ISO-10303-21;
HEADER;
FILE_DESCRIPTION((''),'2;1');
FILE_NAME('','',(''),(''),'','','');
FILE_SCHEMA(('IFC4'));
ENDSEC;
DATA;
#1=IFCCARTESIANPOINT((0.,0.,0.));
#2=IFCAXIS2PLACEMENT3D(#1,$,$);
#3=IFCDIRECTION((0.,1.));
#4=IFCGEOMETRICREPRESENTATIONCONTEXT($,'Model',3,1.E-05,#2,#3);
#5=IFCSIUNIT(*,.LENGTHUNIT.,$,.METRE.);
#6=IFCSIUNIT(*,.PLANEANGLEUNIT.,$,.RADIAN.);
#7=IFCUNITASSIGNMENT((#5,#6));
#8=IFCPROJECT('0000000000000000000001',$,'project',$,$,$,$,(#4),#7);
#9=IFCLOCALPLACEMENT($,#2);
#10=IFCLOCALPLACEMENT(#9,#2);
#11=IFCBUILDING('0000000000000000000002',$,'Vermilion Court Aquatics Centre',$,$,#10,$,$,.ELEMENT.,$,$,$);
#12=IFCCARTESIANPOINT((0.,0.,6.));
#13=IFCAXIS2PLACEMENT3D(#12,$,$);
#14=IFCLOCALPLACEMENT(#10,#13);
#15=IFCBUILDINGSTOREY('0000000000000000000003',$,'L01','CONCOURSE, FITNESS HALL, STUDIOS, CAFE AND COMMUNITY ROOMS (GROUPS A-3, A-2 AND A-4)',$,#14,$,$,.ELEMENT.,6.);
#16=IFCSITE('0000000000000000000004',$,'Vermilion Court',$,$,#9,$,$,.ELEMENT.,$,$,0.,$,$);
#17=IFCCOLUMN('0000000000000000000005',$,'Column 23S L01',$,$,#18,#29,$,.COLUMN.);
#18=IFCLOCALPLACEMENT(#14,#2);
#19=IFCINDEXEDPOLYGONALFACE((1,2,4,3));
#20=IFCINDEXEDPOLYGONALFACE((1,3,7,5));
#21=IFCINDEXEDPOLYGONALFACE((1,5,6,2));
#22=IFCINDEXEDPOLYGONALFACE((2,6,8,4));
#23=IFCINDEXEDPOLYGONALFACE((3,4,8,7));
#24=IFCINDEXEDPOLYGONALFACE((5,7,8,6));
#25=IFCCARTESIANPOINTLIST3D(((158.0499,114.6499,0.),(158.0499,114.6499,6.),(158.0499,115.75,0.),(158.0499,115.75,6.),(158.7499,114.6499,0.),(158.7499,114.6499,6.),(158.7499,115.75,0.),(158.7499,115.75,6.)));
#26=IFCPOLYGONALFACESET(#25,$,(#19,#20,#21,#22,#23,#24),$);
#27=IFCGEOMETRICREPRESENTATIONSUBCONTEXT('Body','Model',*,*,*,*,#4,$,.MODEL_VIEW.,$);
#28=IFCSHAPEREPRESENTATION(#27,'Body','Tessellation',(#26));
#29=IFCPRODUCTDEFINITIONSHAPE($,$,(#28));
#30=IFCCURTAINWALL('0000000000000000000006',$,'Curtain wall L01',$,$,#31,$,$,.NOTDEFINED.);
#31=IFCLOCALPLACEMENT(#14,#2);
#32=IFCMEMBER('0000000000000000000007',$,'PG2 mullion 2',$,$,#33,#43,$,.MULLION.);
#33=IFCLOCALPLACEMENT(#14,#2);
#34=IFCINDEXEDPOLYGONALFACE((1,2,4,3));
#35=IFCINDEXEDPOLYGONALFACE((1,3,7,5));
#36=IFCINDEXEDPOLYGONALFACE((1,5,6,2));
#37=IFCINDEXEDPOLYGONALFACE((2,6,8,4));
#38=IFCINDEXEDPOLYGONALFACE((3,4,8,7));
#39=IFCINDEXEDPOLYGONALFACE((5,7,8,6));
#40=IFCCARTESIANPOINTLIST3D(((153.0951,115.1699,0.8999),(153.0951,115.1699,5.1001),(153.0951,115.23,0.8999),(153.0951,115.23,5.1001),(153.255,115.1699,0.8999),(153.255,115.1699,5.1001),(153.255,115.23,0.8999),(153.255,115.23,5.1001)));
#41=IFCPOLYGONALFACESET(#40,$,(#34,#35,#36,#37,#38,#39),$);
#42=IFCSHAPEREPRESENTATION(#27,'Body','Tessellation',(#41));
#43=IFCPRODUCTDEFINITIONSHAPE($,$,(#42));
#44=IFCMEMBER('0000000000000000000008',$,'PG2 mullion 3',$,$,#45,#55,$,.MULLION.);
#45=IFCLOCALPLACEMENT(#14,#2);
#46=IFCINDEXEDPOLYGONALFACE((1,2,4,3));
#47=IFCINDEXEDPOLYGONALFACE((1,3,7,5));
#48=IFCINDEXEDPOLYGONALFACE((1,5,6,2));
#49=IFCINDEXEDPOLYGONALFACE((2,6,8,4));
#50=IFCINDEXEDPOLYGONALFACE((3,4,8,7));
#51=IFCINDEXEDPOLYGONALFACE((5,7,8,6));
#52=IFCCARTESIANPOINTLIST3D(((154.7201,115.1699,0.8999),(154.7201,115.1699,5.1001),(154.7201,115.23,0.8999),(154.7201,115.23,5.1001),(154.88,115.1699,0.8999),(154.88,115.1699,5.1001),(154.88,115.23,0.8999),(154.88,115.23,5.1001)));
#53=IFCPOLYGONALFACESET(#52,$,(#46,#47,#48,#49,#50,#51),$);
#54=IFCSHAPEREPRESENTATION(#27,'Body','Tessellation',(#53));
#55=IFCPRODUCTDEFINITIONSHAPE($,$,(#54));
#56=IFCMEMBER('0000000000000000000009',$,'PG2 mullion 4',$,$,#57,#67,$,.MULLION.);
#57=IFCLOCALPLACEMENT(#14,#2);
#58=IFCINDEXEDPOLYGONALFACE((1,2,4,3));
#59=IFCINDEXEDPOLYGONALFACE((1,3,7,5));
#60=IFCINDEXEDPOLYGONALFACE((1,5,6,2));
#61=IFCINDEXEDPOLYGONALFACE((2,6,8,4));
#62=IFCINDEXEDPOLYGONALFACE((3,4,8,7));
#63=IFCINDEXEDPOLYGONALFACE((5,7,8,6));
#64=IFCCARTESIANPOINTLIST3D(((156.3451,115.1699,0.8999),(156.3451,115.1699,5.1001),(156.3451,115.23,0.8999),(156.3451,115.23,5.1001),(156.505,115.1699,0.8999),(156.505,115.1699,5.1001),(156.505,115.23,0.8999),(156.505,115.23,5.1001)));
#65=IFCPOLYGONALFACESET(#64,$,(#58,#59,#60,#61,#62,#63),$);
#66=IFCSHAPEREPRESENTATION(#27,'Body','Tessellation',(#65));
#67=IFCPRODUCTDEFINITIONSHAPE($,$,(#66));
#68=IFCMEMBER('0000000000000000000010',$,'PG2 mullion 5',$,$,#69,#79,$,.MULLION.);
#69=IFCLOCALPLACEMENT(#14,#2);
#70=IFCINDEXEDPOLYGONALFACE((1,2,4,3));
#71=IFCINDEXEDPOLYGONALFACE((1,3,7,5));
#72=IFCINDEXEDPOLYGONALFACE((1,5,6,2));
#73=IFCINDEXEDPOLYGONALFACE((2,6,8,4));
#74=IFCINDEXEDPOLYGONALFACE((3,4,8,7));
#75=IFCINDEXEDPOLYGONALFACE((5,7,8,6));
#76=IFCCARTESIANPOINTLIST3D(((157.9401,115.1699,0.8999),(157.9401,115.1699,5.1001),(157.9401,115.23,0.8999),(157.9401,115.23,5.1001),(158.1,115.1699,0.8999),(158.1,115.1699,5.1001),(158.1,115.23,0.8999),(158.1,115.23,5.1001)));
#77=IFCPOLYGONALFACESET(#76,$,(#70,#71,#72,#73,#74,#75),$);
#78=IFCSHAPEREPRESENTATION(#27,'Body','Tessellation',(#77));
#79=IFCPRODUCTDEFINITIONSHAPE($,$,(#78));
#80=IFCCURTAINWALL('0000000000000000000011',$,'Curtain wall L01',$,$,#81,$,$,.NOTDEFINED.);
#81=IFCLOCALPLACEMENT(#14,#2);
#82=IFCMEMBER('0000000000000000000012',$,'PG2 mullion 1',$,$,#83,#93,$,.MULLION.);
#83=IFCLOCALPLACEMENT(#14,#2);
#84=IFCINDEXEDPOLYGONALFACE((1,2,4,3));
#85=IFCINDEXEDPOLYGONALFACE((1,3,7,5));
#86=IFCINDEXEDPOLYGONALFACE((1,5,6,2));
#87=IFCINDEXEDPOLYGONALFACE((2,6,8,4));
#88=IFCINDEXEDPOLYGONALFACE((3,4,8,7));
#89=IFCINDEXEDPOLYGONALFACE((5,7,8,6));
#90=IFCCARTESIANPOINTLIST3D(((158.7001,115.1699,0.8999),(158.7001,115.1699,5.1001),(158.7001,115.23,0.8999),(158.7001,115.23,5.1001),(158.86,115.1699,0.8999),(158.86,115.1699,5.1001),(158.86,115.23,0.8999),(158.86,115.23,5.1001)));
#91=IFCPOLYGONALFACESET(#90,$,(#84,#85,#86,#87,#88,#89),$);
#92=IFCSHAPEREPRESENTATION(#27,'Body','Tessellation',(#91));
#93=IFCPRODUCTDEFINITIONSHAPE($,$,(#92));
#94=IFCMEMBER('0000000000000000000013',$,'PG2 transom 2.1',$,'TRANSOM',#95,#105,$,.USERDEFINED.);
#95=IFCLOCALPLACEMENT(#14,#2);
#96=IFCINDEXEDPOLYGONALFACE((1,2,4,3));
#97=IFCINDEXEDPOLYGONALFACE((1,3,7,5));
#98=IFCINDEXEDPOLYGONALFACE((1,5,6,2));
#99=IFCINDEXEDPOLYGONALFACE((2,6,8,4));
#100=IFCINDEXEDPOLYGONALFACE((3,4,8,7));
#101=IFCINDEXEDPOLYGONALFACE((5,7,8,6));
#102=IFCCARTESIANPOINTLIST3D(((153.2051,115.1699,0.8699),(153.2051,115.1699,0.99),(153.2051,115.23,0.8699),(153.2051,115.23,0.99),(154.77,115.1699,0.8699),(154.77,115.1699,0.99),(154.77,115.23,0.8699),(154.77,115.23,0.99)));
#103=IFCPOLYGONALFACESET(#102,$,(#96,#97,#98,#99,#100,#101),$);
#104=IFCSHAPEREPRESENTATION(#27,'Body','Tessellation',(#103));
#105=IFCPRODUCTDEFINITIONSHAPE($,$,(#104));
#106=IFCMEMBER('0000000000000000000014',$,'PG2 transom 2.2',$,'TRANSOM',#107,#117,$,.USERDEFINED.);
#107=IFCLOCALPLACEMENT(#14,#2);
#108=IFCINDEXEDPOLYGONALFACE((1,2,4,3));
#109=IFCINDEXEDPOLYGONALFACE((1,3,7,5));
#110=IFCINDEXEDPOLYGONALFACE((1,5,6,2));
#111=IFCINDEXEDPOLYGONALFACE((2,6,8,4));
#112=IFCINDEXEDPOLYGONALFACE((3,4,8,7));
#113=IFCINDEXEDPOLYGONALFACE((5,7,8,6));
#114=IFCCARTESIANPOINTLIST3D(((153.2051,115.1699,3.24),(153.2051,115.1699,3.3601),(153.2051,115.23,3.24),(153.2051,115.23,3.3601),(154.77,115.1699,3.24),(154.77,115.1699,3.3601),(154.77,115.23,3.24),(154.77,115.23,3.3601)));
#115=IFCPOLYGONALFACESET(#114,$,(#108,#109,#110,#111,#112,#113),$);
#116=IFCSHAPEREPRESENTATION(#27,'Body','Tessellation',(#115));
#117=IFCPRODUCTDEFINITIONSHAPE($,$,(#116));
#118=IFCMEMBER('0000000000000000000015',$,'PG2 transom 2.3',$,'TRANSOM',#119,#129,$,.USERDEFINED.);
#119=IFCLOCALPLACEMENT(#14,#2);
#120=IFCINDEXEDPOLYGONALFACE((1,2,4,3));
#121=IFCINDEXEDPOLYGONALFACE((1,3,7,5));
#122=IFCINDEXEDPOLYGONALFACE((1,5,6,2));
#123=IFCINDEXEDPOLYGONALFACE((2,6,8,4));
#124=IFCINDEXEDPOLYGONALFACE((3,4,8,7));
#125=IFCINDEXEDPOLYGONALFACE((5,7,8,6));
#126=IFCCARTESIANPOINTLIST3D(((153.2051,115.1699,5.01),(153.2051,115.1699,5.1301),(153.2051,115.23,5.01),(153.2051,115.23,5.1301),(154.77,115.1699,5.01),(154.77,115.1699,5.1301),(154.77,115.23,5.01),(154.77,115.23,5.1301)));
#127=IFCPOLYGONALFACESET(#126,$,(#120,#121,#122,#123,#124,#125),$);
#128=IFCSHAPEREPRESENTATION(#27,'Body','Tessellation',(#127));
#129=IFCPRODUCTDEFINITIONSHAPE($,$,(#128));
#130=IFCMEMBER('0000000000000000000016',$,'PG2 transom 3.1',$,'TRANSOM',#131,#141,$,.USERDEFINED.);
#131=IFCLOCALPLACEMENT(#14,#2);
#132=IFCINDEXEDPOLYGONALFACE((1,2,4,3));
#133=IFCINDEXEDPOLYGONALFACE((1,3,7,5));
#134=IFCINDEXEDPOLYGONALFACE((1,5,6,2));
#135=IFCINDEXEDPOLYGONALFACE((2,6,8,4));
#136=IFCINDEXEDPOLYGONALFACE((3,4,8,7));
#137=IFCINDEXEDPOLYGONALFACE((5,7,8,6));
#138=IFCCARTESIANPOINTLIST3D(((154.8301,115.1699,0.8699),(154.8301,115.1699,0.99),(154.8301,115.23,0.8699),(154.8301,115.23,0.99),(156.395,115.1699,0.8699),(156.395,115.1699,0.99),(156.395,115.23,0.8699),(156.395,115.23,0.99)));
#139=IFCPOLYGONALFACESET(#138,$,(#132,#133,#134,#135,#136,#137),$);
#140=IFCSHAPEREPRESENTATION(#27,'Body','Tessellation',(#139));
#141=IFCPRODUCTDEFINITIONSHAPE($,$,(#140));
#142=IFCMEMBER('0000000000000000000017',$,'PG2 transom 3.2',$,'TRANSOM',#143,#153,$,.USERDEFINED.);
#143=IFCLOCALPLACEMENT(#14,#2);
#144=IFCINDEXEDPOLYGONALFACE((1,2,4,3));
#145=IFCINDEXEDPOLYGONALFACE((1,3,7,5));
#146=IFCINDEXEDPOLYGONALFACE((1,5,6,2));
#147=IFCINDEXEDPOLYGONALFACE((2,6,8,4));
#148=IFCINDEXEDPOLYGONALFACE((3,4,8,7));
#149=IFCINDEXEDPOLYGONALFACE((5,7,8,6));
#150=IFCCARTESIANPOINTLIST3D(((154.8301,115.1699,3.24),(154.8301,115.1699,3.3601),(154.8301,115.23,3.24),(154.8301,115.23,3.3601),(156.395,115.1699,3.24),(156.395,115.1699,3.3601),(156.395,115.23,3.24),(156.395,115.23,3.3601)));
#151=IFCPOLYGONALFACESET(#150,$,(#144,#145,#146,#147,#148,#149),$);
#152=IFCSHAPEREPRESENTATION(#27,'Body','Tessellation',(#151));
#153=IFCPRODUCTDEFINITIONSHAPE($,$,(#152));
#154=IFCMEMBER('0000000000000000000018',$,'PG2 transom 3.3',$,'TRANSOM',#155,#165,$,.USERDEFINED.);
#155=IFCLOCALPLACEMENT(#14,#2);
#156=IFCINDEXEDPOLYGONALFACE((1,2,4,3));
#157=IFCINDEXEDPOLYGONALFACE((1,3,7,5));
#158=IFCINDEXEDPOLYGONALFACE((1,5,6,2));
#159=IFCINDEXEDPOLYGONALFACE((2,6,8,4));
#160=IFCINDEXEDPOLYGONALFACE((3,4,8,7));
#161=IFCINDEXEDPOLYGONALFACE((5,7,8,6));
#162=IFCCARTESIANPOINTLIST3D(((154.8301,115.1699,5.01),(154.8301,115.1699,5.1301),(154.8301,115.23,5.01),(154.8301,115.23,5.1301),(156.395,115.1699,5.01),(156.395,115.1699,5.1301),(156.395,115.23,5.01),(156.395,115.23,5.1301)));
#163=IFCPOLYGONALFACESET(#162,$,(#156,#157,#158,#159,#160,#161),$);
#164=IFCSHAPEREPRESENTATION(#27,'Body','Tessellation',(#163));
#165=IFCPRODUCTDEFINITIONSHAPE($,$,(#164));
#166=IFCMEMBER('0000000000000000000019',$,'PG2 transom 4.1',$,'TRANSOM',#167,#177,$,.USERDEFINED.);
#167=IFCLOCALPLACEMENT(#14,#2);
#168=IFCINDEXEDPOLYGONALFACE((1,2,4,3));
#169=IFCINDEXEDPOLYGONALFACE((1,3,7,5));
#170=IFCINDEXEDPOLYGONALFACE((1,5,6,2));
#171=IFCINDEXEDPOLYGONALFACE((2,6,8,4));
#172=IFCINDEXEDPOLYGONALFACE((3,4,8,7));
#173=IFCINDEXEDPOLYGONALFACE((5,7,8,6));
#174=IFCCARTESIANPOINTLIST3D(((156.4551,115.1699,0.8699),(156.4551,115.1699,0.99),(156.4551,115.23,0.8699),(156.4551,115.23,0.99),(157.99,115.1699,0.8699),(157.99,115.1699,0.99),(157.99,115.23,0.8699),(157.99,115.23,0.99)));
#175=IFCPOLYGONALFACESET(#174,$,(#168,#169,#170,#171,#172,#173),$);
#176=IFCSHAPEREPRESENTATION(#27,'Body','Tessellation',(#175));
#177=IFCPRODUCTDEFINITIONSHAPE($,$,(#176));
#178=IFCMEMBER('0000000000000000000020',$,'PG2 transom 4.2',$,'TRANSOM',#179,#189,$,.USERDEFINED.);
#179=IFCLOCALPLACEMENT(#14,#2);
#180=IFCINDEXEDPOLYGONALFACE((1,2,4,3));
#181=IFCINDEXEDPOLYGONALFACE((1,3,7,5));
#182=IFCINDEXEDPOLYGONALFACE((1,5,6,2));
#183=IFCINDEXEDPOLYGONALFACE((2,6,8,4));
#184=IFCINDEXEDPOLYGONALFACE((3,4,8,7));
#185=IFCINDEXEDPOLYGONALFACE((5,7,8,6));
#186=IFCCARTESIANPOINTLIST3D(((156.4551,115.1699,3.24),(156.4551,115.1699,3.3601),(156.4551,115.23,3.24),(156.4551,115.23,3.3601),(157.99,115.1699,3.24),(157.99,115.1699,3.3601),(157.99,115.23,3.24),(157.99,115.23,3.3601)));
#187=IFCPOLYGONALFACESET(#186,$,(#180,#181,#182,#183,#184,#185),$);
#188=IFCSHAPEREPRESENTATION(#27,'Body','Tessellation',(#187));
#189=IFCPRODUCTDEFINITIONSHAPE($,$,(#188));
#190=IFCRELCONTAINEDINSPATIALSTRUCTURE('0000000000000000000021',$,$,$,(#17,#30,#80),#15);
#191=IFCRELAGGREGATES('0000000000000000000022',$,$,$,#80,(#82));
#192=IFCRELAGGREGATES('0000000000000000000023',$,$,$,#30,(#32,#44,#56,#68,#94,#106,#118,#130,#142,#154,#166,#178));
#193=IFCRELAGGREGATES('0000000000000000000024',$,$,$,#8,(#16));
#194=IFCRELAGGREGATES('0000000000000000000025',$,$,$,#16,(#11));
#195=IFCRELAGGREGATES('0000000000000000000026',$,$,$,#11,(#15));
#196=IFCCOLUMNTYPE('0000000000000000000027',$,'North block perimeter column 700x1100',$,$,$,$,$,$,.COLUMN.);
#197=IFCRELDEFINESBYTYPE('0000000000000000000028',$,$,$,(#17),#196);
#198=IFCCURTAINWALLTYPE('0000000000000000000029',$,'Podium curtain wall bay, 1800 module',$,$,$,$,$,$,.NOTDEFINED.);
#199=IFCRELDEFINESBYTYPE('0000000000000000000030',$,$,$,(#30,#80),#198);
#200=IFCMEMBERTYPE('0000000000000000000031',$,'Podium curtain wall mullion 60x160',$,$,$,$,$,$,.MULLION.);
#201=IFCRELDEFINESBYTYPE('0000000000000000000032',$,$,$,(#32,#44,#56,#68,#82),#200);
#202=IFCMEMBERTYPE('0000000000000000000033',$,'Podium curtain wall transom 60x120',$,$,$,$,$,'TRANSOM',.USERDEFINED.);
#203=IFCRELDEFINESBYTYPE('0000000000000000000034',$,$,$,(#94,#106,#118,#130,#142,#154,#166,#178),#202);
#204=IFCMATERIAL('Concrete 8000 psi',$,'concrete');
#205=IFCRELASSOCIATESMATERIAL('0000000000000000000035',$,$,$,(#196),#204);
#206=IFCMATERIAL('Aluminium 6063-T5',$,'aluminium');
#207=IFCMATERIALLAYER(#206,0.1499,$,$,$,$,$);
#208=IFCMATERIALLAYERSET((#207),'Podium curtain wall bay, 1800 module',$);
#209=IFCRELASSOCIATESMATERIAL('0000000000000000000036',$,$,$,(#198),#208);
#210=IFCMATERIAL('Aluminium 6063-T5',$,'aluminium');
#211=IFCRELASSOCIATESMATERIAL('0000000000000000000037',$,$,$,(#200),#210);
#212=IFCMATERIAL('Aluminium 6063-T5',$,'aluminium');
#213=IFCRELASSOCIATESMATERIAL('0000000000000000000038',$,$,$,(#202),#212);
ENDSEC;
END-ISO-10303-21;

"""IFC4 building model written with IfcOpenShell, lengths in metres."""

from ifc_helpers import new_model, si_unit, direction, frame, origin, origin_2d, place, context, subcontext, project, spatial, rectangle, extrude, material, layer, layer_set, material_profile, profile_set, type_object, element, aggregate, save


model = new_model("IFC4")

# Units and contexts
model_context = context("Model", 3, precision=1e-05, world=origin(), true_north=direction((0.0, 1.0)))
body_context = subcontext(model_context, "Body", "Model", "MODEL_VIEW")
ifc_project = project(units=[si_unit("LENGTHUNIT", "METRE"), si_unit("PLANEANGLEUNIT", "RADIAN")], contexts=[model_context])

# Site, building, storey
site_placement = place(None, origin())
site = spatial("IfcSite", under=ifc_project, at=site_placement, Name="Vermilion Court", CompositionType="ELEMENT", RefElevation=0.0)
building_placement = place(site_placement, origin())
building = spatial("IfcBuilding", under=site, at=building_placement, Name="Vermilion Court Aquatics Centre", CompositionType="ELEMENT")
storey_placement = place(building_placement, frame((0.0, 0.0, 6.0)))
storey = spatial("IfcBuildingStorey", under=building, at=storey_placement, Name="L01", Description="CONCOURSE, FITNESS HALL, STUDIOS, CAFE AND COMMUNITY ROOMS (GROUPS A-3, A-2 AND A-4)", CompositionType="ELEMENT", Elevation=6.0)

# Column
ifc_material_1 = material(Name="Concrete 8000 psi", Category="concrete")
ifc_material_profile_1 = material_profile(ifc_material_1, rectangle(XDim=0.7, YDim=1.1001, at=origin_2d()), Name="RC 700x1100")
ifc_profile_set_1 = profile_set([ifc_material_profile_1], Name="Concrete 8000 psi")
column_type = type_object("IfcColumnType", Name="North block perimeter column 700x1100", PredefinedType="COLUMN", material=ifc_profile_set_1)
column_placement = place(storey_placement, frame((158.3999, 115.2, 0.0), z_axis=(0.0, 0.0, 1.0), x_axis=(1.0, 0.0, 0.0)))
element("IfcColumn", 1, at=column_placement, inside=storey, type_object=column_type, Name="Column 23S L01", PredefinedType="COLUMN", context=body_context, shape_type="SweptSolid", body=[
    extrude(rectangle(XDim=0.7, YDim=1.1001, at=origin_2d()), origin(), (0.0, 0.0, 1.0), 6.0),
])

# Curtain wall, members
ifc_material_2 = material(Name="Aluminium 6063-T5", Category="aluminium")
ifc_layer_1 = layer(ifc_material_2, 0.1499)
ifc_layer_set_1 = layer_set([ifc_layer_1], Name="Podium curtain wall bay, 1800 module")
curtain_wall_type = type_object("IfcCurtainWallType", Name="Podium curtain wall bay, 1800 module", PredefinedType="NOTDEFINED", material=ifc_layer_set_1)
curtain_wall_1_placement = place(storey_placement, origin())
curtain_wall_1 = element("IfcCurtainWall", 2, at=curtain_wall_1_placement, inside=storey, type_object=curtain_wall_type, Name="Curtain wall L01", PredefinedType="NOTDEFINED")
ifc_material_3 = material(Name="Aluminium 6063-T5", Category="aluminium")
ifc_material_profile_2 = material_profile(ifc_material_3, rectangle(XDim=0.0601, YDim=0.1599, at=origin_2d()), Name="Mullion 60x160")
ifc_profile_set_2 = profile_set([ifc_material_profile_2], Name="Aluminium 6063-T5")
member_type_1 = type_object("IfcMemberType", Name="Podium curtain wall mullion 60x160", PredefinedType="MULLION", material=ifc_profile_set_2)
member_1_placement = place(storey_placement, frame((153.175, 115.2, 0.8999), z_axis=(0.0, 0.0, 1.0), x_axis=(0.0, 1.0, 0.0)))
member_1 = element("IfcMember", 3, at=member_1_placement, type_object=member_type_1, Name="PG2 mullion 2", PredefinedType="MULLION", context=body_context, shape_type="SweptSolid", body=[
    extrude(rectangle(XDim=0.0601, YDim=0.1599, at=origin_2d()), origin(), (0.0, 0.0, 1.0), 4.2002),
])
member_2_placement = place(storey_placement, frame((154.8, 115.2, 0.8999), z_axis=(0.0, 0.0, 1.0), x_axis=(0.0, 1.0, 0.0)))
member_2 = element("IfcMember", 4, at=member_2_placement, type_object=member_type_1, Name="PG2 mullion 3", PredefinedType="MULLION", context=body_context, shape_type="SweptSolid", body=[
    extrude(rectangle(XDim=0.0601, YDim=0.1599, at=origin_2d()), origin(), (0.0, 0.0, 1.0), 4.2002),
])
member_3_placement = place(storey_placement, frame((156.425, 115.2, 0.8999), z_axis=(0.0, 0.0, 1.0), x_axis=(0.0, 1.0, 0.0)))
member_3 = element("IfcMember", 5, at=member_3_placement, type_object=member_type_1, Name="PG2 mullion 4", PredefinedType="MULLION", context=body_context, shape_type="SweptSolid", body=[
    extrude(rectangle(XDim=0.0601, YDim=0.1599, at=origin_2d()), origin(), (0.0, 0.0, 1.0), 4.2002),
])
member_4_placement = place(storey_placement, frame((158.02, 115.2, 0.8999), z_axis=(0.0, 0.0, 1.0), x_axis=(0.0, 1.0, 0.0)))
member_4 = element("IfcMember", 6, at=member_4_placement, type_object=member_type_1, Name="PG2 mullion 5", PredefinedType="MULLION", context=body_context, shape_type="SweptSolid", body=[
    extrude(rectangle(XDim=0.0601, YDim=0.1599, at=origin_2d()), origin(), (0.0, 0.0, 1.0), 4.2002),
])

# Curtain wall, member
curtain_wall_2_placement = place(storey_placement, origin())
curtain_wall_2 = element("IfcCurtainWall", 7, at=curtain_wall_2_placement, inside=storey, type_object=curtain_wall_type, Name="Curtain wall L01", PredefinedType="NOTDEFINED")
member_5_placement = place(storey_placement, frame((158.78, 115.2, 0.8999), z_axis=(0.0, 0.0, 1.0), x_axis=(0.0, 1.0, 0.0)))
member_5 = element("IfcMember", 8, at=member_5_placement, type_object=member_type_1, Name="PG2 mullion 1", PredefinedType="MULLION", context=body_context, shape_type="SweptSolid", body=[
    extrude(rectangle(XDim=0.0601, YDim=0.1599, at=origin_2d()), origin(), (0.0, 0.0, 1.0), 4.2002),
])
aggregate(curtain_wall_2, [member_5])

# Members
ifc_material_4 = material(Name="Aluminium 6063-T5", Category="aluminium")
ifc_material_profile_3 = material_profile(ifc_material_4, rectangle(XDim=0.0601, YDim=0.1201, at=origin_2d()), Name="Transom 60x120")
ifc_profile_set_3 = profile_set([ifc_material_profile_3], Name="Aluminium 6063-T5")
member_type_2 = type_object("IfcMemberType", Name="Podium curtain wall transom 60x120", ElementType="TRANSOM", PredefinedType="USERDEFINED", material=ifc_profile_set_3)
member_6_placement = place(storey_placement, frame((153.2051, 115.2, 0.9299), z_axis=(1.0, 0.0, 0.0), x_axis=(0.0, 1.0, 0.0)))
member_6 = element("IfcMember", 9, at=member_6_placement, type_object=member_type_2, Name="PG2 transom 2.1", ObjectType="TRANSOM", PredefinedType="USERDEFINED", context=body_context, shape_type="SweptSolid", body=[
    extrude(rectangle(XDim=0.0601, YDim=0.1201, at=origin_2d()), origin(), (0.0, 0.0, 1.0), 1.5649),
])
member_7_placement = place(storey_placement, frame((153.2051, 115.2, 3.3), z_axis=(1.0, 0.0, 0.0), x_axis=(0.0, 1.0, 0.0)))
member_7 = element("IfcMember", 10, at=member_7_placement, type_object=member_type_2, Name="PG2 transom 2.2", ObjectType="TRANSOM", PredefinedType="USERDEFINED", context=body_context, shape_type="SweptSolid", body=[
    extrude(rectangle(XDim=0.0601, YDim=0.1201, at=origin_2d()), origin(), (0.0, 0.0, 1.0), 1.5649),
])
member_8_placement = place(storey_placement, frame((153.2051, 115.2, 5.0701), z_axis=(1.0, 0.0, 0.0), x_axis=(0.0, 1.0, 0.0)))
member_8 = element("IfcMember", 11, at=member_8_placement, type_object=member_type_2, Name="PG2 transom 2.3", ObjectType="TRANSOM", PredefinedType="USERDEFINED", context=body_context, shape_type="SweptSolid", body=[
    extrude(rectangle(XDim=0.0601, YDim=0.1201, at=origin_2d()), origin(), (0.0, 0.0, 1.0), 1.5649),
])
member_9_placement = place(storey_placement, frame((154.8301, 115.2, 0.9299), z_axis=(1.0, 0.0, 0.0), x_axis=(0.0, 1.0, 0.0)))
member_9 = element("IfcMember", 12, at=member_9_placement, type_object=member_type_2, Name="PG2 transom 3.1", ObjectType="TRANSOM", PredefinedType="USERDEFINED", context=body_context, shape_type="SweptSolid", body=[
    extrude(rectangle(XDim=0.0601, YDim=0.1201, at=origin_2d()), origin(), (0.0, 0.0, 1.0), 1.5649),
])
member_10_placement = place(storey_placement, frame((154.8301, 115.2, 3.3), z_axis=(1.0, 0.0, 0.0), x_axis=(0.0, 1.0, 0.0)))
member_10 = element("IfcMember", 13, at=member_10_placement, type_object=member_type_2, Name="PG2 transom 3.2", ObjectType="TRANSOM", PredefinedType="USERDEFINED", context=body_context, shape_type="SweptSolid", body=[
    extrude(rectangle(XDim=0.0601, YDim=0.1201, at=origin_2d()), origin(), (0.0, 0.0, 1.0), 1.5649),
])
member_11_placement = place(storey_placement, frame((154.8301, 115.2, 5.0701), z_axis=(1.0, 0.0, 0.0), x_axis=(0.0, 1.0, 0.0)))
member_11 = element("IfcMember", 14, at=member_11_placement, type_object=member_type_2, Name="PG2 transom 3.3", ObjectType="TRANSOM", PredefinedType="USERDEFINED", context=body_context, shape_type="SweptSolid", body=[
    extrude(rectangle(XDim=0.0601, YDim=0.1201, at=origin_2d()), origin(), (0.0, 0.0, 1.0), 1.5649),
])
member_12_placement = place(storey_placement, frame((156.4551, 115.2, 0.9299), z_axis=(1.0, 0.0, 0.0), x_axis=(0.0, 1.0, 0.0)))
member_12 = element("IfcMember", 15, at=member_12_placement, type_object=member_type_2, Name="PG2 transom 4.1", ObjectType="TRANSOM", PredefinedType="USERDEFINED", context=body_context, shape_type="SweptSolid", body=[
    extrude(rectangle(XDim=0.0601, YDim=0.1201, at=origin_2d()), origin(), (0.0, 0.0, 1.0), 1.5349),
])
member_13_placement = place(storey_placement, frame((156.4551, 115.2, 3.3), z_axis=(1.0, 0.0, 0.0), x_axis=(0.0, 1.0, 0.0)))
member_13 = element("IfcMember", 16, at=member_13_placement, type_object=member_type_2, Name="PG2 transom 4.2", ObjectType="TRANSOM", PredefinedType="USERDEFINED", context=body_context, shape_type="SweptSolid", body=[
    extrude(rectangle(XDim=0.0601, YDim=0.1201, at=origin_2d()), origin(), (0.0, 0.0, 1.0), 1.5349),
])

aggregate(curtain_wall_1, [member_1, member_2, member_3, member_4, member_6, member_7, member_8, member_9, member_10, member_11, member_12, member_13])

save(model, "model.ifc")
